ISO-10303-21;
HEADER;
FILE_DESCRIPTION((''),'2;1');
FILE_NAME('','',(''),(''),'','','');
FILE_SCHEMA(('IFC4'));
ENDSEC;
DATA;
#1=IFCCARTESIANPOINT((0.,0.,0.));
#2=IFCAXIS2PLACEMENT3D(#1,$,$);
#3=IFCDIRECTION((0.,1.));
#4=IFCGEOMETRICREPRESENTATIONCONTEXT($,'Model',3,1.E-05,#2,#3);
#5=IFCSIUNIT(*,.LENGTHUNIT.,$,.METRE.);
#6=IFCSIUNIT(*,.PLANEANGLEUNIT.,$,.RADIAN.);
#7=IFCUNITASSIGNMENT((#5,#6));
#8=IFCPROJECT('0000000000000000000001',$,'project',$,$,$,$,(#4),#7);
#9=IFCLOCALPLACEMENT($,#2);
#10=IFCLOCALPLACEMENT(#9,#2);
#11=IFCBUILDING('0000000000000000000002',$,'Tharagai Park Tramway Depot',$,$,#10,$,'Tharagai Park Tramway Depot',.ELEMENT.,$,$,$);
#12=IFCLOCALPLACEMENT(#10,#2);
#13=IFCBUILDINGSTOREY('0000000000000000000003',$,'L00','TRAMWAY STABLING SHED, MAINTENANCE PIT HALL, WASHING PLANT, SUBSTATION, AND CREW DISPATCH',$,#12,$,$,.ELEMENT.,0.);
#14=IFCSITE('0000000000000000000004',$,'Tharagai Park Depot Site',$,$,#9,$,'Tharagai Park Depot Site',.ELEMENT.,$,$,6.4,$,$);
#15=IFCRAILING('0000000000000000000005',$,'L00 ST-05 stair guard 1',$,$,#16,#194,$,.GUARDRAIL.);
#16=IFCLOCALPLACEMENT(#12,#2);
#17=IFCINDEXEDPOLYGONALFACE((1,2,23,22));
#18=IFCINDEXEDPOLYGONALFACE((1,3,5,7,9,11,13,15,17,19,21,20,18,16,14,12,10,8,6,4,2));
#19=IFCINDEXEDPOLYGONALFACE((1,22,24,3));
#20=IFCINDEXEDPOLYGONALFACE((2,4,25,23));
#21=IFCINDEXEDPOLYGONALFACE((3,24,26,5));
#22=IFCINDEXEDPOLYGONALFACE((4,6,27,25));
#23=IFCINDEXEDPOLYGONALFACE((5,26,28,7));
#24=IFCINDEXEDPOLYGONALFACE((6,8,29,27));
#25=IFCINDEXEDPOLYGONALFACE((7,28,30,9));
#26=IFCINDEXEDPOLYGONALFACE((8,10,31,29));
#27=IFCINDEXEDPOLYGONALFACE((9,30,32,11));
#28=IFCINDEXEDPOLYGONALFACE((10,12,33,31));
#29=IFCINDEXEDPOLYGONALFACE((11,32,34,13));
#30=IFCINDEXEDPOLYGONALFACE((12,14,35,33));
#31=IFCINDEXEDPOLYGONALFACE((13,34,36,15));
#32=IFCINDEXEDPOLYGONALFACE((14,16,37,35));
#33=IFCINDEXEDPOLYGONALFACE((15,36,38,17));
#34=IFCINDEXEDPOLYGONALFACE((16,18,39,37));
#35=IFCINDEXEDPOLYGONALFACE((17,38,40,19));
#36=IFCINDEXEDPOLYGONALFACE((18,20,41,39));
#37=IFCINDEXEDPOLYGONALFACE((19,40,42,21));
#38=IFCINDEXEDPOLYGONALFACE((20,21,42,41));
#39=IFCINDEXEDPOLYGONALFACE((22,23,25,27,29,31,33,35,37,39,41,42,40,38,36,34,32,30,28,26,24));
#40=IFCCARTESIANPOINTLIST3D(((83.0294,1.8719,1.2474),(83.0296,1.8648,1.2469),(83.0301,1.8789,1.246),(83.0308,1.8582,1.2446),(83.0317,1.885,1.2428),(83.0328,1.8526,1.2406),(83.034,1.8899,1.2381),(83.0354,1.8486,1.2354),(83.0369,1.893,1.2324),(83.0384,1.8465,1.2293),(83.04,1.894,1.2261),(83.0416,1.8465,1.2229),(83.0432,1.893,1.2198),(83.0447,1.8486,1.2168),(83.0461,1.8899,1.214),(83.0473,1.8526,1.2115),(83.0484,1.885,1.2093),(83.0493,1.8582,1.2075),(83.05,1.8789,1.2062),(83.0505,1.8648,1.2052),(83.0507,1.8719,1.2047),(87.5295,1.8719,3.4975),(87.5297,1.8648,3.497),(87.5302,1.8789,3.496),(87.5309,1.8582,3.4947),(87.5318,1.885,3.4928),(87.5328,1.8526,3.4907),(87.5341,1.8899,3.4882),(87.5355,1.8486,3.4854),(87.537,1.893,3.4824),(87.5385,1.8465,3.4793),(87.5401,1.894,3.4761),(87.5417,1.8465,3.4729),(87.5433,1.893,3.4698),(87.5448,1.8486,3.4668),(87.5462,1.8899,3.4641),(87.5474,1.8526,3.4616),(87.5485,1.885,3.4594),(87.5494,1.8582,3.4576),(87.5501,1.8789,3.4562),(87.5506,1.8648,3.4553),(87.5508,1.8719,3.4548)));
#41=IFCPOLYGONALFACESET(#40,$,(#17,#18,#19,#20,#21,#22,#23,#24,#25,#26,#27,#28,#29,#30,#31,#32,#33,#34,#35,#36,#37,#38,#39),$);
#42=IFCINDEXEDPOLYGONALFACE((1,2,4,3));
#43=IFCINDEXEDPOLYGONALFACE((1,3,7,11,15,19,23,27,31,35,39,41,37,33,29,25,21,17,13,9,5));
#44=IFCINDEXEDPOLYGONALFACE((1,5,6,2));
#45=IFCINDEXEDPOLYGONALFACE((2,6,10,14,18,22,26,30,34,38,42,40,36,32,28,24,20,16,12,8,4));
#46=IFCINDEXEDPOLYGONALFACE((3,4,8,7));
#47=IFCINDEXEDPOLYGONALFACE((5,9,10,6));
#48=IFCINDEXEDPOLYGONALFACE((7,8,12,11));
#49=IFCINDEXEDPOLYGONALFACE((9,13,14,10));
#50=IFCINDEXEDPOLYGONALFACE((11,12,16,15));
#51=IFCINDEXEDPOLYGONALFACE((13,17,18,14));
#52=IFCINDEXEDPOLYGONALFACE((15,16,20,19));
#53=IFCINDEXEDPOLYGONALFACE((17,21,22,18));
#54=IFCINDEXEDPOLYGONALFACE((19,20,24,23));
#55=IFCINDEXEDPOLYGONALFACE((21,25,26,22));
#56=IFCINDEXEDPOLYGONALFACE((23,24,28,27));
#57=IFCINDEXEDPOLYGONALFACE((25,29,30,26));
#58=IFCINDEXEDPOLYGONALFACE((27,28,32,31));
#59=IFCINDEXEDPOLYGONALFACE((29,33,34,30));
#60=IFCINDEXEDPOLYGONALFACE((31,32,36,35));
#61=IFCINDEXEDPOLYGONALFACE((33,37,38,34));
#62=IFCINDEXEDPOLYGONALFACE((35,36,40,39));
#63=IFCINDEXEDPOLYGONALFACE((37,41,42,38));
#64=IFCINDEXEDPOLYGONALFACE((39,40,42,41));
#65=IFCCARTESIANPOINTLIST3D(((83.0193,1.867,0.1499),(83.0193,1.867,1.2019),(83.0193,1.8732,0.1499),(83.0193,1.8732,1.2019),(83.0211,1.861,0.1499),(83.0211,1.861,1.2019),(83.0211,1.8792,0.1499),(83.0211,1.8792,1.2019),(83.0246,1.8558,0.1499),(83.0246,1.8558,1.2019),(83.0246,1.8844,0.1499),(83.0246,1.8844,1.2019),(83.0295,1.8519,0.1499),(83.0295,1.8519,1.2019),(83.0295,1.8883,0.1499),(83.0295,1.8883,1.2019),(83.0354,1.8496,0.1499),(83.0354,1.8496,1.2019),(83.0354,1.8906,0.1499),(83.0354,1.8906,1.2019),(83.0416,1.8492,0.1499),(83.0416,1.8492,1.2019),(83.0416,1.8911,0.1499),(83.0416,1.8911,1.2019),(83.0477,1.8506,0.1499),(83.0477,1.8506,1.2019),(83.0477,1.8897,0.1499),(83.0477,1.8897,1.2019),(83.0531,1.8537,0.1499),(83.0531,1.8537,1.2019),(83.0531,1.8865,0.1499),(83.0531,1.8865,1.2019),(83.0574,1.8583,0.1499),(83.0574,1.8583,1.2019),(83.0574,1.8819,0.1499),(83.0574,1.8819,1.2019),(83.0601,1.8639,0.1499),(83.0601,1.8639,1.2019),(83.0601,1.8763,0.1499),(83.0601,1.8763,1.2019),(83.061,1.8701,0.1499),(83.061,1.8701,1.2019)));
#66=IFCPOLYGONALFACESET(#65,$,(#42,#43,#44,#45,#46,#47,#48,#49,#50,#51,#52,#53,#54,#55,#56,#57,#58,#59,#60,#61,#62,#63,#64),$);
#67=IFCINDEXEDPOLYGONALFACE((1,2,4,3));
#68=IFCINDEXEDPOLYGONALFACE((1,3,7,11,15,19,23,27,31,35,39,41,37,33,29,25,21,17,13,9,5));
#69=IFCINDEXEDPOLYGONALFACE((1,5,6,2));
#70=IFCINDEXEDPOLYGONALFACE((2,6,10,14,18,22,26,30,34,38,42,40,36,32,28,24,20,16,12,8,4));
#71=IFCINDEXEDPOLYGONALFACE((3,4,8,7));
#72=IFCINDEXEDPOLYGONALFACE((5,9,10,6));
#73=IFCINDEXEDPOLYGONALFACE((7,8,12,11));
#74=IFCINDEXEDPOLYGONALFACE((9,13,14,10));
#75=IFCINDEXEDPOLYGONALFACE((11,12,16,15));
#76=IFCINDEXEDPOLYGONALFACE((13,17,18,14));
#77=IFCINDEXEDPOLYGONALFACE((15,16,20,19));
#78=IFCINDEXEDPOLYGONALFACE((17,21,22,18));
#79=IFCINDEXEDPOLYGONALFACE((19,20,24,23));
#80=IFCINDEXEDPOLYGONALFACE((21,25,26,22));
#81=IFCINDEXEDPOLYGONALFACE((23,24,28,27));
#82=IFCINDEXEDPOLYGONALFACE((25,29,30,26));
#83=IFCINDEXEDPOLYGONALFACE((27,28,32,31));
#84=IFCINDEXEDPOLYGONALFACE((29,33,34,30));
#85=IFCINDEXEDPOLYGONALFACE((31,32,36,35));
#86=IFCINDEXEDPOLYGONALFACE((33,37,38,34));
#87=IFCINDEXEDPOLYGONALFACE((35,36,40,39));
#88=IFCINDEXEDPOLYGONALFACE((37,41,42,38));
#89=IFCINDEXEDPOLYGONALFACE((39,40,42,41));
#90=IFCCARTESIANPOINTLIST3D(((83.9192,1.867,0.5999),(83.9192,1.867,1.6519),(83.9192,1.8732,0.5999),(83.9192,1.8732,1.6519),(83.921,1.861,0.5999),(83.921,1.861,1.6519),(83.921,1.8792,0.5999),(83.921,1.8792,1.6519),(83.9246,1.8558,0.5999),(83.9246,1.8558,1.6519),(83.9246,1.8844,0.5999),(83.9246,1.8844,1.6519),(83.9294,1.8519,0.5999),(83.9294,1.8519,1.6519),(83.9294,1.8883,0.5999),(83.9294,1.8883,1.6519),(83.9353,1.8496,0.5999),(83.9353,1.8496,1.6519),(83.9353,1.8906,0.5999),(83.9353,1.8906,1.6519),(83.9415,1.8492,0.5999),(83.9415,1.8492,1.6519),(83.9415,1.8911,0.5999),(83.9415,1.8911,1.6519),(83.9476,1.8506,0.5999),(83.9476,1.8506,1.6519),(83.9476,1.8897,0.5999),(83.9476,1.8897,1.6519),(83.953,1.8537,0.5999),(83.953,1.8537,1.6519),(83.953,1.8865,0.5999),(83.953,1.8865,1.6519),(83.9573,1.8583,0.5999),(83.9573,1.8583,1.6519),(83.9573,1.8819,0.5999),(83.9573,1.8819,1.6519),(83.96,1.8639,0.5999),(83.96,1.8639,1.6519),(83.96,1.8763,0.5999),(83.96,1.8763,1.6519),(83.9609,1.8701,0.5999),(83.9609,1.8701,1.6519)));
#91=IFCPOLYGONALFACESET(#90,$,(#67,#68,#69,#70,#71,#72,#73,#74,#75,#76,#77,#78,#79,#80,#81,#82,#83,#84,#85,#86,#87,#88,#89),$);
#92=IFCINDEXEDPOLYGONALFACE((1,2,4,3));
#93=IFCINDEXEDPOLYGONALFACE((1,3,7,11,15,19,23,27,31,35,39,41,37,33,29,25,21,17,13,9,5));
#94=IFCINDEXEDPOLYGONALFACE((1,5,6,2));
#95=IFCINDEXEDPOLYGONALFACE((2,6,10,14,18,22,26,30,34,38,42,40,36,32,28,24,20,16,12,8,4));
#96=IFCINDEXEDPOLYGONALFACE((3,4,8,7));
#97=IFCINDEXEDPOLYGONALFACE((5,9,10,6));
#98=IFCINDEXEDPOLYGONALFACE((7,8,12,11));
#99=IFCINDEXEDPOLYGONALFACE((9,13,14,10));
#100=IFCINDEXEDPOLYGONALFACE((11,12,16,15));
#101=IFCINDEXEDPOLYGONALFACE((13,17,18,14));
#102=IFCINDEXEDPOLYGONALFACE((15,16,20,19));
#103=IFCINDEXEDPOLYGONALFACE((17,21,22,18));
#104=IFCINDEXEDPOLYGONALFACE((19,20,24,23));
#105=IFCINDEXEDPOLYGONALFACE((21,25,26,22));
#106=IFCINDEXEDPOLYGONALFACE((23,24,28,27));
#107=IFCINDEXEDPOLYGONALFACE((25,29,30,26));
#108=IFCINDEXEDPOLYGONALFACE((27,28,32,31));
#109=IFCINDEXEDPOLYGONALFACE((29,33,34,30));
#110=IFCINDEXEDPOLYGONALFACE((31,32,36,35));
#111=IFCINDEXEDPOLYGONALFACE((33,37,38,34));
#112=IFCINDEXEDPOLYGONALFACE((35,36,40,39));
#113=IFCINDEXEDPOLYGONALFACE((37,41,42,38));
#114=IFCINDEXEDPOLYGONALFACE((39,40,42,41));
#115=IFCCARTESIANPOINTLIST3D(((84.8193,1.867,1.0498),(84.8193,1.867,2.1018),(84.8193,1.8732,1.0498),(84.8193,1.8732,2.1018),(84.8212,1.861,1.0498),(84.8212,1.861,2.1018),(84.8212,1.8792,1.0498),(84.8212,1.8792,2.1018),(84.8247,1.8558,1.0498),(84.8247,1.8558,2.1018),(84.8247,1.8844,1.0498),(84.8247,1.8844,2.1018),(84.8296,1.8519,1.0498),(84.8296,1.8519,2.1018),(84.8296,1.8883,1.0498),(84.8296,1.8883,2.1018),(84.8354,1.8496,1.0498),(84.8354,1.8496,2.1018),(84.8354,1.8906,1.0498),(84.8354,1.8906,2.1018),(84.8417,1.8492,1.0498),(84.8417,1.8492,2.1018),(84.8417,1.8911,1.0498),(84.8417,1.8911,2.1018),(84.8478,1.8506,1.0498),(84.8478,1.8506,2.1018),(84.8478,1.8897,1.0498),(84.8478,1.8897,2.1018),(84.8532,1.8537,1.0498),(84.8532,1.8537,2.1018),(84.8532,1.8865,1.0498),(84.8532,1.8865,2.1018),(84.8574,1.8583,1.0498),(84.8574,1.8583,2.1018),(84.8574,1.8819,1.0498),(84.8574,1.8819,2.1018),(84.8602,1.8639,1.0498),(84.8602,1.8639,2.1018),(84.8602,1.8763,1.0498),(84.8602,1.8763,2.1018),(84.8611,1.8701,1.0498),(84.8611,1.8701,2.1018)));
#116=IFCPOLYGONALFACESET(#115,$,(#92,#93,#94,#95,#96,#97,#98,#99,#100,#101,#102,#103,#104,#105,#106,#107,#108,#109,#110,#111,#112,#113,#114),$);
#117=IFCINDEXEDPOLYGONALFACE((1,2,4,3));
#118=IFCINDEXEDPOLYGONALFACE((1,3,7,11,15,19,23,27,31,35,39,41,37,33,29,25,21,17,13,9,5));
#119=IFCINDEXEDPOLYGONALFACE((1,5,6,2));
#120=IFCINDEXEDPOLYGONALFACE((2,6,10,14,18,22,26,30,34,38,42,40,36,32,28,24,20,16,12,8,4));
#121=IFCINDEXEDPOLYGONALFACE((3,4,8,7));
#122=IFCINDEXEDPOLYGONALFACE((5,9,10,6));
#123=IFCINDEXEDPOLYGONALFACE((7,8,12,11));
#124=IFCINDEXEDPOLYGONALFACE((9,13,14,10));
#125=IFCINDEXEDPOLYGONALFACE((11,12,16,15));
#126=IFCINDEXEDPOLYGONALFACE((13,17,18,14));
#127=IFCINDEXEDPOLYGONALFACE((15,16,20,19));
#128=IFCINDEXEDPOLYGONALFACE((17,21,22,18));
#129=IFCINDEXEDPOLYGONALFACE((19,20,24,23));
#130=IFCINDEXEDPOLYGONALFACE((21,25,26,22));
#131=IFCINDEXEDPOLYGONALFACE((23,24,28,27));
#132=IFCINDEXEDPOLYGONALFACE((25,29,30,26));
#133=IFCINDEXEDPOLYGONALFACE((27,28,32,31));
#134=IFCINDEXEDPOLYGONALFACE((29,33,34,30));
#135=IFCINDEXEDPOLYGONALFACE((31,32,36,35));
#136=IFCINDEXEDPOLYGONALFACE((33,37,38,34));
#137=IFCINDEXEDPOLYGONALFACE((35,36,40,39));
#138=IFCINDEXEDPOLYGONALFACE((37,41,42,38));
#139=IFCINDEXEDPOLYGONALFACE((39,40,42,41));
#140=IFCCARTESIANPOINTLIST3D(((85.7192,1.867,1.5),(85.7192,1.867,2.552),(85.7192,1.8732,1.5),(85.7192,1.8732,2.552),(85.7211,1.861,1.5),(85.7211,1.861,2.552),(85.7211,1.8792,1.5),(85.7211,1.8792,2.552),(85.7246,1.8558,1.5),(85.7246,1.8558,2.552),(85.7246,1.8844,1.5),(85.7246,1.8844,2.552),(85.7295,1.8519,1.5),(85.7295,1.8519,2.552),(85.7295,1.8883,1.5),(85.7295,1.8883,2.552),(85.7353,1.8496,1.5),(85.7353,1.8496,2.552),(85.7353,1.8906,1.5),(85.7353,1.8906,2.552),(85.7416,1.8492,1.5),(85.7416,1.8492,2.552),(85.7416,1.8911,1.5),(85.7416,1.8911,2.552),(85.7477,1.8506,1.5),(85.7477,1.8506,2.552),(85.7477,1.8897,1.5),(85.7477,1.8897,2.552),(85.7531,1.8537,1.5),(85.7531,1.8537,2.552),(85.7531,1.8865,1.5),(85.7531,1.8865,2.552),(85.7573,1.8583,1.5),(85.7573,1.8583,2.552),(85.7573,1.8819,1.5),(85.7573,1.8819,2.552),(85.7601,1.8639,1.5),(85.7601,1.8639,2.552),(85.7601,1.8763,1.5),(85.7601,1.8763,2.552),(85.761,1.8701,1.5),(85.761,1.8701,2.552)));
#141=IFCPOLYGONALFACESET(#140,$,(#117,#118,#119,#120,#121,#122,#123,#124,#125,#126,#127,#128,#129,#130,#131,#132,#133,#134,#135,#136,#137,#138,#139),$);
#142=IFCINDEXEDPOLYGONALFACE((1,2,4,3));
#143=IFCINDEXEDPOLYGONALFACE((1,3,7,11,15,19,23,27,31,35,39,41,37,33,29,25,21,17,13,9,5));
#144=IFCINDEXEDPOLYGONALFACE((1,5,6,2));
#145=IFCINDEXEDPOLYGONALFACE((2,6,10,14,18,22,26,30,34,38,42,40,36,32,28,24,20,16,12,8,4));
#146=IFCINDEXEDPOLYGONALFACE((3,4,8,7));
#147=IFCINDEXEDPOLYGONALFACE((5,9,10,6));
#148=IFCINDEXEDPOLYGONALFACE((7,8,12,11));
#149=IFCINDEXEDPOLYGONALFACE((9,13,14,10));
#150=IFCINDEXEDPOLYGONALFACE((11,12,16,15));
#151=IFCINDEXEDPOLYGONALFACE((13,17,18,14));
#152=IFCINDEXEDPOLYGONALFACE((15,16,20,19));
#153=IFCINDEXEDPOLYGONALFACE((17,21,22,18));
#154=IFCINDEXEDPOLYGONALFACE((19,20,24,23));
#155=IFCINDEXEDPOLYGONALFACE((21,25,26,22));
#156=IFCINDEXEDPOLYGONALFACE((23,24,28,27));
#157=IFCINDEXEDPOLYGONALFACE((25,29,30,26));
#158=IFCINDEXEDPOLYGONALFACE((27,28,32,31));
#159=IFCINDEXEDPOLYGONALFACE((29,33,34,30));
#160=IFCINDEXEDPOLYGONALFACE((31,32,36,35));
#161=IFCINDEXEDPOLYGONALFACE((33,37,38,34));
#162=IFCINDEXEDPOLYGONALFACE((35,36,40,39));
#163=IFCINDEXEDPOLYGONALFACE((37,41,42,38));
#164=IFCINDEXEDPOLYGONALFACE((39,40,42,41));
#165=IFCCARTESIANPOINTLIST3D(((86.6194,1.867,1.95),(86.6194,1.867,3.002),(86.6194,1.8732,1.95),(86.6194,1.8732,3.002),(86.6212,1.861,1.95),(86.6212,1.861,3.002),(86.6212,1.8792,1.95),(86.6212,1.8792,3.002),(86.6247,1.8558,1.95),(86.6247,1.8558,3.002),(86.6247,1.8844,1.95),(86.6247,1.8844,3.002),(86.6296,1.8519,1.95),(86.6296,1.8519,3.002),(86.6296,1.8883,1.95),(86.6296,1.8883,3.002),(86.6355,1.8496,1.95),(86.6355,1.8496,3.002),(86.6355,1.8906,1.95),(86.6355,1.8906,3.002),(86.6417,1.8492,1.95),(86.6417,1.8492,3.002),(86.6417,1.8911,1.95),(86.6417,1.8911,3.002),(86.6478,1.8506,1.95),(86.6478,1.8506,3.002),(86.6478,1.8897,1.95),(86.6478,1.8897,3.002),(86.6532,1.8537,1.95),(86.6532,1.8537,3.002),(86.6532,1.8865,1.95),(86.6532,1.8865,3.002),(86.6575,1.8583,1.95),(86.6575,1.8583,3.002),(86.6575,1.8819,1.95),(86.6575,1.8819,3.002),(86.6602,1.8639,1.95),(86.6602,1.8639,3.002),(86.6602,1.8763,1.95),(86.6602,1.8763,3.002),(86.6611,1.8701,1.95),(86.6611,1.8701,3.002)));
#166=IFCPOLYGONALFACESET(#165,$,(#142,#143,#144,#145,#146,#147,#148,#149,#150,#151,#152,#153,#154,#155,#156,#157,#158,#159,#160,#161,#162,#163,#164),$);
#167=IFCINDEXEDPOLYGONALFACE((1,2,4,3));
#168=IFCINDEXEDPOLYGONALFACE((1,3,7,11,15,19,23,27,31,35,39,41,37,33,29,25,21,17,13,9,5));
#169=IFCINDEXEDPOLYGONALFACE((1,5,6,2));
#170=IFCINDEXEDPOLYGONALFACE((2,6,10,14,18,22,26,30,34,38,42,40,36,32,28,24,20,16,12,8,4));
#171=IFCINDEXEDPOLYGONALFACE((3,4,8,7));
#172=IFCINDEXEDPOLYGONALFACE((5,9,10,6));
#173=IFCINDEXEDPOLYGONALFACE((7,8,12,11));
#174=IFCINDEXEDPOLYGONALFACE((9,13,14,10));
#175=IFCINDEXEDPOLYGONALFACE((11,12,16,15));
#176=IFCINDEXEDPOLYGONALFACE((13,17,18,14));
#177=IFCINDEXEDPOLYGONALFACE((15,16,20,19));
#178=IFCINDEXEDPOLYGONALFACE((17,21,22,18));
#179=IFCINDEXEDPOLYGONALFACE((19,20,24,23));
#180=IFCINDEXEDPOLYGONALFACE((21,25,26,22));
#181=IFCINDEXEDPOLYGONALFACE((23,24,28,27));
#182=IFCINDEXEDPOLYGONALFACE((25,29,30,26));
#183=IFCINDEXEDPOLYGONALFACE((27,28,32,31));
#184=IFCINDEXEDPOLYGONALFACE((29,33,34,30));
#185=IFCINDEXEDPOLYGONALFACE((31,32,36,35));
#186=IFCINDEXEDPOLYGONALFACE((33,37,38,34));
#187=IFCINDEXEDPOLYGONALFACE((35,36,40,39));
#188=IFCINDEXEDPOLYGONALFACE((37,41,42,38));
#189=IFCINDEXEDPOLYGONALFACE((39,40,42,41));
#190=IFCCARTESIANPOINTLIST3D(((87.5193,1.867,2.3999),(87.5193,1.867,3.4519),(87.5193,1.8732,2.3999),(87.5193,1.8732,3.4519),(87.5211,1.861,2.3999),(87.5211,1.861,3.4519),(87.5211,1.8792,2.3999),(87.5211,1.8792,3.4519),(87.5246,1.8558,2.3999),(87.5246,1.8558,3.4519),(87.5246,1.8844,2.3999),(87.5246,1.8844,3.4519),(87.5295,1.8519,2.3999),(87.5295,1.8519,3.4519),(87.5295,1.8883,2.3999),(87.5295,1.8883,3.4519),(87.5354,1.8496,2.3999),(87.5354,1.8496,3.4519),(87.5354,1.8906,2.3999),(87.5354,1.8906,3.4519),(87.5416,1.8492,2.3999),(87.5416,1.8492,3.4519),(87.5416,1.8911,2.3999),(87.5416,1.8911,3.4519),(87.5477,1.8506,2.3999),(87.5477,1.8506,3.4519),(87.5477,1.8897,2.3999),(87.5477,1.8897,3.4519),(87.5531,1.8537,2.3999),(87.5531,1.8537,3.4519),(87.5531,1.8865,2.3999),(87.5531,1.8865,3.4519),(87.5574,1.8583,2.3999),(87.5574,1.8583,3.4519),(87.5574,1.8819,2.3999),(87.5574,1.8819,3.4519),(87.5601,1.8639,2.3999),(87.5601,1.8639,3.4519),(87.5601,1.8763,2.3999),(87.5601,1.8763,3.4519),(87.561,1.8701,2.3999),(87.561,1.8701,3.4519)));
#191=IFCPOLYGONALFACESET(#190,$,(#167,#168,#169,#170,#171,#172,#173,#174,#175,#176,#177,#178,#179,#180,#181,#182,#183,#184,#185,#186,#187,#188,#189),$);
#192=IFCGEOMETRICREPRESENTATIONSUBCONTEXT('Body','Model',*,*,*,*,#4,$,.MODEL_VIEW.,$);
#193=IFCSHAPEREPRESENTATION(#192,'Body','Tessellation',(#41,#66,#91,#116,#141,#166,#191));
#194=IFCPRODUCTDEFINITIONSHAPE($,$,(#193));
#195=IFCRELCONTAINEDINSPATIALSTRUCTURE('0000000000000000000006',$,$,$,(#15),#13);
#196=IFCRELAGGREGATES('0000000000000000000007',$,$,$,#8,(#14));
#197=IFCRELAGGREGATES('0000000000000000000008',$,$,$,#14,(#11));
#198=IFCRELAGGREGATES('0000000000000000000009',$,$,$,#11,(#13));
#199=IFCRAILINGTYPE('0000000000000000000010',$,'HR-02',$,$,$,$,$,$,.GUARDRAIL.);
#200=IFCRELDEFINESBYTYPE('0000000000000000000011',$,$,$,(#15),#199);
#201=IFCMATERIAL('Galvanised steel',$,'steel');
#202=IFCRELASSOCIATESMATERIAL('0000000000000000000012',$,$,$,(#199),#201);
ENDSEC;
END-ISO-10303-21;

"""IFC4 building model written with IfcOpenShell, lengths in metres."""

from ifc_helpers import new_model, si_unit, direction, frame, origin, origin_2d, place, context, subcontext, project, spatial, circle, extrude, material, type_object, element, save


model = new_model("IFC4")

# Units and contexts
model_context = context("Model", 3, precision=1e-05, world=origin(), true_north=direction((0.0, 1.0)))
body_context = subcontext(model_context, "Body", "Model", "MODEL_VIEW")
ifc_project = project(units=[si_unit("LENGTHUNIT", "METRE"), si_unit("PLANEANGLEUNIT", "RADIAN")], contexts=[model_context])

# Site, building, storey
site_placement = place(None, origin())
site = spatial("IfcSite", under=ifc_project, at=site_placement, Name="Tharagai Park Depot Site", LongName="Tharagai Park Depot Site", CompositionType="ELEMENT", RefElevation=6.4)
building_placement = place(site_placement, origin())
building = spatial("IfcBuilding", under=site, at=building_placement, Name="Tharagai Park Tramway Depot", LongName="Tharagai Park Tramway Depot", CompositionType="ELEMENT")
storey_placement = place(building_placement, origin())
storey = spatial("IfcBuildingStorey", under=building, at=storey_placement, Name="L00", Description="TRAMWAY STABLING SHED, MAINTENANCE PIT HALL, WASHING PLANT, SUBSTATION, AND CREW DISPATCH", CompositionType="ELEMENT", Elevation=0.0)

# Shared definitions
ifc_material_1 = material(Name="Galvanised steel", Category="steel")

# Railing
railing_type_1 = type_object("IfcRailingType", Name="HR-02", PredefinedType="GUARDRAIL", material=ifc_material_1)
railing_1_placement = place(storey_placement, frame((83.04, 1.8701, 0.1499)))
element("IfcRailing", 1, at=railing_1_placement, inside=storey, type_object=railing_type_1, Name="L00 ST-05 stair guard 1", PredefinedType="GUARDRAIL", context=body_context, shape_type="SweptSolid", body=[
    extrude(circle(Radius=0.0239, at=origin_2d()), frame((0.0, 0.0, 1.0762), z_axis=(0.894427, 0.0, 0.447214), x_axis=(0.0, 1.0, 0.0)), (0.0, 0.0, 1.0), 5.0312),
    extrude(circle(Radius=0.021, at=origin_2d()), origin(), (0.0, 0.0, 1.0), 1.052),
    extrude(circle(Radius=0.021, at=origin_2d()), frame((0.8999, 0.0, 0.45)), (0.0, 0.0, 1.0), 1.052),
    extrude(circle(Radius=0.021, at=origin_2d()), frame((1.8, 0.0, 0.8999)), (0.0, 0.0, 1.0), 1.052),
    extrude(circle(Radius=0.021, at=origin_2d()), frame((2.7, 0.0, 1.3501)), (0.0, 0.0, 1.0), 1.052),
    extrude(circle(Radius=0.021, at=origin_2d()), frame((3.6001, 0.0, 1.8)), (0.0, 0.0, 1.0), 1.052),
    extrude(circle(Radius=0.021, at=origin_2d()), frame((4.5, 0.0, 2.25)), (0.0, 0.0, 1.0), 1.052),
])

save(model, "model.ifc")
